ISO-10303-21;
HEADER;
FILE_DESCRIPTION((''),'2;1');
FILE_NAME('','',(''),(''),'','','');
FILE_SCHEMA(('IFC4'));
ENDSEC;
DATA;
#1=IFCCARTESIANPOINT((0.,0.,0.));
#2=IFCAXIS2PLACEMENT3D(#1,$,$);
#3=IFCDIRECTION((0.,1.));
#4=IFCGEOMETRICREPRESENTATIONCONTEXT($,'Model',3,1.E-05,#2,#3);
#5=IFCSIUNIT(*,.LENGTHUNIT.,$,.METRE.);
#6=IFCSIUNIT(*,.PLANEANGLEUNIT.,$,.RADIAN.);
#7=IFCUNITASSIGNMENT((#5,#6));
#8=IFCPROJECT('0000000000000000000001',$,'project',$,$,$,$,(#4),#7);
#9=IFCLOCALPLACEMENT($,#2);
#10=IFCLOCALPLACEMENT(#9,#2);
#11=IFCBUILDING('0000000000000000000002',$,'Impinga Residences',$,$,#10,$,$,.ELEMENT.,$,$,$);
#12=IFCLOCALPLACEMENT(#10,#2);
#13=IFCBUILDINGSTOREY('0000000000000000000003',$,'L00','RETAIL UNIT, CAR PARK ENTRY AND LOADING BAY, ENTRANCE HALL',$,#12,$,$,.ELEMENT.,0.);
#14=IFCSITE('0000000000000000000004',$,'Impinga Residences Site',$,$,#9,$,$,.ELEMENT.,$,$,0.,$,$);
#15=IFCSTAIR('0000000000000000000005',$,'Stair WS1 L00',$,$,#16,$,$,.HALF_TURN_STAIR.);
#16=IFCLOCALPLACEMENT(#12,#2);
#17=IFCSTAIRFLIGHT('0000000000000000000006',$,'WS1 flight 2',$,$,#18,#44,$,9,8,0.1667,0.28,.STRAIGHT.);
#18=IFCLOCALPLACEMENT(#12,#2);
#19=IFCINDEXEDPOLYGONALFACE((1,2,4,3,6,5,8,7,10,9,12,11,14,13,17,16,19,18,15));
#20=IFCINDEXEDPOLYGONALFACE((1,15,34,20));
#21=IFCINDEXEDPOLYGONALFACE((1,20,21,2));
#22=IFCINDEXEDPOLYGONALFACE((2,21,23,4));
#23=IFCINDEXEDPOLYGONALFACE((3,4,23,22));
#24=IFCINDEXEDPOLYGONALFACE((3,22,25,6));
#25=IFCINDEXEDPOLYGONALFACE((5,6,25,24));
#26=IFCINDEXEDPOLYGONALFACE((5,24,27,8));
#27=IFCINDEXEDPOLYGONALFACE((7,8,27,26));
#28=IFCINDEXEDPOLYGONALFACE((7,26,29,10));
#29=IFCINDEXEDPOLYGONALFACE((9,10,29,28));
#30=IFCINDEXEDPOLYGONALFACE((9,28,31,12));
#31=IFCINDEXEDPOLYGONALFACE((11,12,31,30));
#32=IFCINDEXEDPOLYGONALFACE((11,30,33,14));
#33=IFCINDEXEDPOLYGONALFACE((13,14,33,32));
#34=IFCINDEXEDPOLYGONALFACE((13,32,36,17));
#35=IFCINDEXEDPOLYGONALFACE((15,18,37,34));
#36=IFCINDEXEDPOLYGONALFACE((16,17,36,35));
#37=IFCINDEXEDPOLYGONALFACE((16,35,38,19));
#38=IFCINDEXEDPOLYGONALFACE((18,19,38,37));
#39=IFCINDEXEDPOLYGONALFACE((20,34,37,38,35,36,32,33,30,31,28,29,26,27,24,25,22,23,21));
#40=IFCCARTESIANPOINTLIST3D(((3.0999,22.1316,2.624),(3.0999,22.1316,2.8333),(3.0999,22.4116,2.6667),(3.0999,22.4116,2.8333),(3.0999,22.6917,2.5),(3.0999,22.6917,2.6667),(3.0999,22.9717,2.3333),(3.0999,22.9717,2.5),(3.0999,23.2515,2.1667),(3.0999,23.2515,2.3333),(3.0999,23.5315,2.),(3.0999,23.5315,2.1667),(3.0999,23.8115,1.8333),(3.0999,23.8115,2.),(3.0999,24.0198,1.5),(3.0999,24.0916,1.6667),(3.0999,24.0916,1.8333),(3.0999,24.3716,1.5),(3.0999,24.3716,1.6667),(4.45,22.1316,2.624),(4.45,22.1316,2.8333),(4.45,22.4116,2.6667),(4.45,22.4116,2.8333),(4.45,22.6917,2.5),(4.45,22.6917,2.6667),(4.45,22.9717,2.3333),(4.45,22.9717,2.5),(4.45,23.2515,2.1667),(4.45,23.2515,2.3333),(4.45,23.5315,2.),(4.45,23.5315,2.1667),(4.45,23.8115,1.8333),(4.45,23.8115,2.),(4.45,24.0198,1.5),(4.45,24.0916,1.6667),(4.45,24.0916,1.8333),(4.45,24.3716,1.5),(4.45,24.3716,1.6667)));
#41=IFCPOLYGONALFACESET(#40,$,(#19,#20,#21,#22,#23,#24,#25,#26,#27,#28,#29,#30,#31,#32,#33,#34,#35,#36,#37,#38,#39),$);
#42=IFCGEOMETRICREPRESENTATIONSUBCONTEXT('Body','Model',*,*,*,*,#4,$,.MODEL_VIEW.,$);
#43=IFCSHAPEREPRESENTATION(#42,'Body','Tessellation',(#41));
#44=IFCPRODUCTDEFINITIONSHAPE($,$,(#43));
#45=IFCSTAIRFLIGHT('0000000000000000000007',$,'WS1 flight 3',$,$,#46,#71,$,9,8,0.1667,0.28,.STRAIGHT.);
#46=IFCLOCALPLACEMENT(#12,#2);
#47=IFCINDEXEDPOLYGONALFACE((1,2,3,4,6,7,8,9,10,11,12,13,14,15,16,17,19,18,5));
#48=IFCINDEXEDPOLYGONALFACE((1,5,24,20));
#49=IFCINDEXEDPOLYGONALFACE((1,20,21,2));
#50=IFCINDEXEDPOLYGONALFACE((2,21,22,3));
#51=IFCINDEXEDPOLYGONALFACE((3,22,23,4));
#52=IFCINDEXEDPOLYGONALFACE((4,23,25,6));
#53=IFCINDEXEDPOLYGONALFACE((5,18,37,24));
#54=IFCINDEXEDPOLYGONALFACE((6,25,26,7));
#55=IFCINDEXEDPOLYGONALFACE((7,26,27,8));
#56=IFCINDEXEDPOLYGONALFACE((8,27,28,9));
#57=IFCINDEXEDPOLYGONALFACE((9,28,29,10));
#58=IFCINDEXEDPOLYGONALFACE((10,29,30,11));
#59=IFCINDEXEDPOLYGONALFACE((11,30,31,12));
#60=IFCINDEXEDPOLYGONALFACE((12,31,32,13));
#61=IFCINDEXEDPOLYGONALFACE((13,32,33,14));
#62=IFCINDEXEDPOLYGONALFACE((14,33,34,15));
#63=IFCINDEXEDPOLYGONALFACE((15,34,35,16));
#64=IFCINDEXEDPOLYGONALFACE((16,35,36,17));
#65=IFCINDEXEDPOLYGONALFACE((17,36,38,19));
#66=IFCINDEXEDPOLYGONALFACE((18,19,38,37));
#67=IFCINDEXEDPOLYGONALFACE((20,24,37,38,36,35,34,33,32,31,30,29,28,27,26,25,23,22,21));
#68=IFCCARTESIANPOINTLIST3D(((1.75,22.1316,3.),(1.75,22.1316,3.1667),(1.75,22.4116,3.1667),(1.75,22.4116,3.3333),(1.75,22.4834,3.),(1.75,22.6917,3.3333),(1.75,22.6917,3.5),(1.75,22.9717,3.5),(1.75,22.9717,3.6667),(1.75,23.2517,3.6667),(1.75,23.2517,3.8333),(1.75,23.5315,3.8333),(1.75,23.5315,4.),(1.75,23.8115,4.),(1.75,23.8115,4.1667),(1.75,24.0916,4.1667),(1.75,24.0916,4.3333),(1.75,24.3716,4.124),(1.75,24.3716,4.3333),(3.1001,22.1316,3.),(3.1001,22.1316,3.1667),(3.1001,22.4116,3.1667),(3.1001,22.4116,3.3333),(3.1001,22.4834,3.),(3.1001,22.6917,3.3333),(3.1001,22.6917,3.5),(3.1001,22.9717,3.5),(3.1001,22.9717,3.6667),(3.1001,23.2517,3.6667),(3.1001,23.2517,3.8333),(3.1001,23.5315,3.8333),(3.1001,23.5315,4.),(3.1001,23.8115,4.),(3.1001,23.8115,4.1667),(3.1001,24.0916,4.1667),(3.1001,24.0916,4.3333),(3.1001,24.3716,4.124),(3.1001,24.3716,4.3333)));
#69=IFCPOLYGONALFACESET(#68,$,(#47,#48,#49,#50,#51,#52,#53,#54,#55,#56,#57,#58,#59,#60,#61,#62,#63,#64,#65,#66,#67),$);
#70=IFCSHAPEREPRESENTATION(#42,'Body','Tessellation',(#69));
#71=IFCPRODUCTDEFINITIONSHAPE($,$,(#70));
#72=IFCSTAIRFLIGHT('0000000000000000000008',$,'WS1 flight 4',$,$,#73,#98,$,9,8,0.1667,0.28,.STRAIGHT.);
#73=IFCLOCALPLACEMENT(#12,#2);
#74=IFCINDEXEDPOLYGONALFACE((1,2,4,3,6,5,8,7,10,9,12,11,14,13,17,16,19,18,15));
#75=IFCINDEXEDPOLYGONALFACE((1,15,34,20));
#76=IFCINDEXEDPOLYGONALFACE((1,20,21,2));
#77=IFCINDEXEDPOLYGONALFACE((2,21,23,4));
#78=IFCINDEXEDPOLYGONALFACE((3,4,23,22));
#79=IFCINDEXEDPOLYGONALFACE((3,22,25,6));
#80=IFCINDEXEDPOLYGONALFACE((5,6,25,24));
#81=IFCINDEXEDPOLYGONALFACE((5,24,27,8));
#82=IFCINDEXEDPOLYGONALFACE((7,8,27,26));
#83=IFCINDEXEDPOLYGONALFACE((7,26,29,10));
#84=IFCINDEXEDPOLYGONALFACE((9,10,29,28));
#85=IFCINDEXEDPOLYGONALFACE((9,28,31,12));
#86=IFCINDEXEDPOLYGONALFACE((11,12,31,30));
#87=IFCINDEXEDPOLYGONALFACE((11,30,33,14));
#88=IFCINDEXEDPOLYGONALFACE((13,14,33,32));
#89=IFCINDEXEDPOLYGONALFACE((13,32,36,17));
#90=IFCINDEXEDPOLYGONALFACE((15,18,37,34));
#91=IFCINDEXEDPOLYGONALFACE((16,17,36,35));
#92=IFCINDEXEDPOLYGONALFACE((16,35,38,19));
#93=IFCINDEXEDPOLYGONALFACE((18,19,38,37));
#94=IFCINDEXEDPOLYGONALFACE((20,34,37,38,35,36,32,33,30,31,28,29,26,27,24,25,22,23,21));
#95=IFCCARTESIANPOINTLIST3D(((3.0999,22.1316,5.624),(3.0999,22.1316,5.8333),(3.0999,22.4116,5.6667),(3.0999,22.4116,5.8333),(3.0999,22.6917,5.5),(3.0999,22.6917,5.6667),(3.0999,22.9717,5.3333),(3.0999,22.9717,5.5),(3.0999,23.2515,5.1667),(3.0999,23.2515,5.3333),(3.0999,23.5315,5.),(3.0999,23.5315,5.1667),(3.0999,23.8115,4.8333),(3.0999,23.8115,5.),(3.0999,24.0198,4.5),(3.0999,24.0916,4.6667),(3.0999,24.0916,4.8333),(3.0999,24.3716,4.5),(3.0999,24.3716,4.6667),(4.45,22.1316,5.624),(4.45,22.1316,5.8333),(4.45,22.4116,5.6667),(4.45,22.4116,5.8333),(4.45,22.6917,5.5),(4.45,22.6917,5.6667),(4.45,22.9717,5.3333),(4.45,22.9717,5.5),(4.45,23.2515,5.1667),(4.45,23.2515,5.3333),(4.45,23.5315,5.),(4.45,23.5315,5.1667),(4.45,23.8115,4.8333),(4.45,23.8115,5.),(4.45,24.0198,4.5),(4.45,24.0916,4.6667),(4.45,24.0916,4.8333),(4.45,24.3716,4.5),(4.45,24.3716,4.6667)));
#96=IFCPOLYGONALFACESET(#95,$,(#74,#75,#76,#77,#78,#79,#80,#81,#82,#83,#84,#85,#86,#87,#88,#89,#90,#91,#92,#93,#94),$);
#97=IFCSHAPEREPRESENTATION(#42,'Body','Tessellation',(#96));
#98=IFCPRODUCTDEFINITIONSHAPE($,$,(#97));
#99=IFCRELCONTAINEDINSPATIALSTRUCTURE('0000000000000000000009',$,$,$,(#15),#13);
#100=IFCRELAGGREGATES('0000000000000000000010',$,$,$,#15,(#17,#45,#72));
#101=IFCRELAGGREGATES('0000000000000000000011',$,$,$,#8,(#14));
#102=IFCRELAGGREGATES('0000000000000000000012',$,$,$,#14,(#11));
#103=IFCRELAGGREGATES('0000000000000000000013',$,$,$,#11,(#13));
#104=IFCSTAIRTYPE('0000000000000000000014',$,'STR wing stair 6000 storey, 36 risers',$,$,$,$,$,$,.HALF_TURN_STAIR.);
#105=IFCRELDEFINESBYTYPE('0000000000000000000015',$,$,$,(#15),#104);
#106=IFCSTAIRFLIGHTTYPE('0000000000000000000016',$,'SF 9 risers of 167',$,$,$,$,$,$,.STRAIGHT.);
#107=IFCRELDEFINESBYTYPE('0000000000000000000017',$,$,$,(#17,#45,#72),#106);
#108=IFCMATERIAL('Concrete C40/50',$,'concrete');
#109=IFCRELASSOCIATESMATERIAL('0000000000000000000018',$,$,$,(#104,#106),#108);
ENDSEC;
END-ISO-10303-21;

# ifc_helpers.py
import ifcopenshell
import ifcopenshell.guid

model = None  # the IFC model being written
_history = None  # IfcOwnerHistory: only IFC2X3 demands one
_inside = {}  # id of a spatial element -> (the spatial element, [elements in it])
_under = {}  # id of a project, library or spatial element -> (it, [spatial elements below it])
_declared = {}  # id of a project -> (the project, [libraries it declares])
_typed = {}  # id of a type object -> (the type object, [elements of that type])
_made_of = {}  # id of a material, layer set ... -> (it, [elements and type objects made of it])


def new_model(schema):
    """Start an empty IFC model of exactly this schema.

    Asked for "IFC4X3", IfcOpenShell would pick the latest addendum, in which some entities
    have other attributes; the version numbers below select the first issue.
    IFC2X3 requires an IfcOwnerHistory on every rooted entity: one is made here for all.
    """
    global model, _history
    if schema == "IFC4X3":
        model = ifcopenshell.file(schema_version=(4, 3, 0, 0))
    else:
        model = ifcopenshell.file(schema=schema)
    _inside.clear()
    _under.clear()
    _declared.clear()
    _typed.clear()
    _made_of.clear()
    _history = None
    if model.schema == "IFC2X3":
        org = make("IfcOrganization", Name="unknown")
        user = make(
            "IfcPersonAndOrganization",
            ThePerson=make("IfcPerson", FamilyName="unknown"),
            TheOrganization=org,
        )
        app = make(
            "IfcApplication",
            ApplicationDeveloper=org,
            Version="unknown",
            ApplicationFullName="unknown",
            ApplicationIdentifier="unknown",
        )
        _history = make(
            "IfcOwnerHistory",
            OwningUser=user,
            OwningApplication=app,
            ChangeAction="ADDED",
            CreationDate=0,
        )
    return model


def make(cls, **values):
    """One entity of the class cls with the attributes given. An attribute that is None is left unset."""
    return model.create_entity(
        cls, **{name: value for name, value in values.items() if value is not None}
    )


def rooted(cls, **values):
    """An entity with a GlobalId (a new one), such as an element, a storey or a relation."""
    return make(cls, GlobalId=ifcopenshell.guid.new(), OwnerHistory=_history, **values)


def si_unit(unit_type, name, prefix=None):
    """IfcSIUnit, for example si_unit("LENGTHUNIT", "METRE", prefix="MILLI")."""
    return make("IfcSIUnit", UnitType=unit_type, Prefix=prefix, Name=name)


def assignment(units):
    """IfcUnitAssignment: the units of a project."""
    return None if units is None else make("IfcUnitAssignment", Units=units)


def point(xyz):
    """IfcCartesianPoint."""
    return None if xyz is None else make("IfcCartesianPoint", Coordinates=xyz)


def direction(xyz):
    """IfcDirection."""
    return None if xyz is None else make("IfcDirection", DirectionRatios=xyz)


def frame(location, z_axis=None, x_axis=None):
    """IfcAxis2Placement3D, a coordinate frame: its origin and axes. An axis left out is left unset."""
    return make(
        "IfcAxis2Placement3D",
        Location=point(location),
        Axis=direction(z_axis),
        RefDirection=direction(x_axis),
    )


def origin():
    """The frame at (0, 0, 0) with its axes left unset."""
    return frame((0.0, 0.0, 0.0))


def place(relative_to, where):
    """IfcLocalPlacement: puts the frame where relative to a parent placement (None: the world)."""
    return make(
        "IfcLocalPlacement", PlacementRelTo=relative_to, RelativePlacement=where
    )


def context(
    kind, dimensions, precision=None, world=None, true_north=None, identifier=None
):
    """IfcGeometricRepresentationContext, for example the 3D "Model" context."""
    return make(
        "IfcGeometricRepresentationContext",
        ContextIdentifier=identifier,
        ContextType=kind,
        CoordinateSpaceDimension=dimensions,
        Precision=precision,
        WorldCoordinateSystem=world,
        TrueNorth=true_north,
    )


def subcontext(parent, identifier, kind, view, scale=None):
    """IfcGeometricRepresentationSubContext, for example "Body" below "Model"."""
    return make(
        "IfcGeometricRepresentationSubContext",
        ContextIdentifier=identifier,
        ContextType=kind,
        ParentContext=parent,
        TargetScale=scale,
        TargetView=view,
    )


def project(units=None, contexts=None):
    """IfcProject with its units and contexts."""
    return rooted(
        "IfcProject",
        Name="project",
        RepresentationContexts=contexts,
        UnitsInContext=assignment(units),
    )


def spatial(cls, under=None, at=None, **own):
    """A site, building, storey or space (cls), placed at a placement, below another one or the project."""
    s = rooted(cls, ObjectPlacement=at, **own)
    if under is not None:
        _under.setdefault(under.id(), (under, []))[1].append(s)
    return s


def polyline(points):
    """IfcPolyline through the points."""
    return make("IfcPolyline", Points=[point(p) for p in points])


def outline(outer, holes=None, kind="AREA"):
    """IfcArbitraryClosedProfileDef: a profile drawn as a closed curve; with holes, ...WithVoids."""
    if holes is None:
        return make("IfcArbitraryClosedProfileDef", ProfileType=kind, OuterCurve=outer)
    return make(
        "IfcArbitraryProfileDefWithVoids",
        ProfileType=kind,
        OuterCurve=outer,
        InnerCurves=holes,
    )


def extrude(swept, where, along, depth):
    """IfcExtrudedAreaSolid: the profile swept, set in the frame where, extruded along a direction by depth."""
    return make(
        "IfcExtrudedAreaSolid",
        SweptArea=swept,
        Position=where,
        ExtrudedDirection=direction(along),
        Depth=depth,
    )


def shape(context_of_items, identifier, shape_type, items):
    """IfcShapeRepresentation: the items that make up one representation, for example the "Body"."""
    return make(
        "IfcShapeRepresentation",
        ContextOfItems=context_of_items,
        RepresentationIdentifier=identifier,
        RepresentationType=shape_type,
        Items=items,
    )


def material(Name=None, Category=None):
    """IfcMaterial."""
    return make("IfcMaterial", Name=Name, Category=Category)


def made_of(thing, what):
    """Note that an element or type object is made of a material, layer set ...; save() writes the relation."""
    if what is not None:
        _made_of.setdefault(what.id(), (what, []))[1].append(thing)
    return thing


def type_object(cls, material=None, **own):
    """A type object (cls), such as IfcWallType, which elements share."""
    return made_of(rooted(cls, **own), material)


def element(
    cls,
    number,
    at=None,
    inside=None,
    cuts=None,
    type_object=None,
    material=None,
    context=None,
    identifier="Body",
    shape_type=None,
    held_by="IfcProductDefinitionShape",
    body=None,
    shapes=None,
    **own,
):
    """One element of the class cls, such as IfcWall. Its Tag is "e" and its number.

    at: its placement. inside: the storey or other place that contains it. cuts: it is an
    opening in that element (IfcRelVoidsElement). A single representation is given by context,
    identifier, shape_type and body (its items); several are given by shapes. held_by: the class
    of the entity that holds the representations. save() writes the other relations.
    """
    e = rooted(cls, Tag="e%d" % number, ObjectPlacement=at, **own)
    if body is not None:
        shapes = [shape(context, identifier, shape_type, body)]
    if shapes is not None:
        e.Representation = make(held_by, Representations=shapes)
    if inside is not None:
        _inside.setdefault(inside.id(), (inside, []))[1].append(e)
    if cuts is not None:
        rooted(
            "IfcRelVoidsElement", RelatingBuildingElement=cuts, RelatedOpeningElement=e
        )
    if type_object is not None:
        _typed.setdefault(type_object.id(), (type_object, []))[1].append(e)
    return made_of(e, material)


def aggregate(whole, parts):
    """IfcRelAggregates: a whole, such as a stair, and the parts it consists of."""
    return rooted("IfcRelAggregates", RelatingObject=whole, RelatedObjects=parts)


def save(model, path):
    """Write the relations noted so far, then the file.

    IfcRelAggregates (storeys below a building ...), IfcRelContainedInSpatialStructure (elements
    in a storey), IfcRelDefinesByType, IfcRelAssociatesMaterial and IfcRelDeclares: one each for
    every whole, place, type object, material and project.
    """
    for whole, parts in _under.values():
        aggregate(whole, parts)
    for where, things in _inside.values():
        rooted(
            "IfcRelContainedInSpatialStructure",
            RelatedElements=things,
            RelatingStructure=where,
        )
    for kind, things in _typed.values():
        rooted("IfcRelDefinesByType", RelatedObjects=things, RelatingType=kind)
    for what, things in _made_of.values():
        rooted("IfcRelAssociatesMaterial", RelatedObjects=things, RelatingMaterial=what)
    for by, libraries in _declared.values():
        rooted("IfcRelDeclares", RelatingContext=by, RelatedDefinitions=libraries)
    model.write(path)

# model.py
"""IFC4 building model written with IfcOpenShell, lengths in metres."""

from ifc_helpers import new_model, si_unit, direction, frame, origin, place, context, subcontext, project, spatial, polyline, outline, extrude, material, type_object, element, aggregate, save


model = new_model("IFC4")

# Units and contexts
model_context = context("Model", 3, precision=1e-05, world=origin(), true_north=direction((0.0, 1.0)))
body_context = subcontext(model_context, "Body", "Model", "MODEL_VIEW")
ifc_project = project(units=[si_unit("LENGTHUNIT", "METRE"), si_unit("PLANEANGLEUNIT", "RADIAN")], contexts=[model_context])

# Site, building, storey
site_placement = place(None, origin())
site = spatial("IfcSite", under=ifc_project, at=site_placement, Name="Impinga Residences Site", CompositionType="ELEMENT", RefElevation=0.0)
building_placement = place(site_placement, origin())
building = spatial("IfcBuilding", under=site, at=building_placement, Name="Impinga Residences", CompositionType="ELEMENT")
storey_placement = place(building_placement, origin())
storey = spatial("IfcBuildingStorey", under=building, at=storey_placement, Name="L00", Description="RETAIL UNIT, CAR PARK ENTRY AND LOADING BAY, ENTRANCE HALL", CompositionType="ELEMENT", Elevation=0.0)

# Stair, stair flights
ifc_material_1 = material(Name="Concrete C40/50", Category="concrete")
stair_type = type_object("IfcStairType", Name="STR wing stair 6000 storey, 36 risers", PredefinedType="HALF_TURN_STAIR", material=ifc_material_1)
stair_placement = place(storey_placement, origin())
stair = element("IfcStair", 1, at=stair_placement, inside=storey, type_object=stair_type, Name="Stair WS1 L00", PredefinedType="HALF_TURN_STAIR")
stair_flight_type = type_object("IfcStairFlightType", Name="SF 9 risers of 167", PredefinedType="STRAIGHT", material=ifc_material_1)
stair_flight_1_placement = place(storey_placement, frame((3.7749, 24.3716, 1.5), z_axis=(0.0, 0.0, 1.0), x_axis=(0.0, -1.0, 0.0)))
stair_flight_1 = element("IfcStairFlight", 2, at=stair_flight_1_placement, type_object=stair_flight_type, Name="WS1 flight 2", NumberOfRisers=9, NumberOfTreads=8, PredefinedType="STRAIGHT", RiserHeight=0.1667, TreadLength=0.28, context=body_context, shape_type="SweptSolid", body=[
    extrude(outline(polyline([(0.0, 0.0), (0.0, 0.1667), (0.28, 0.1667), (0.28, 0.3333), (0.5601, 0.3333), (0.5601, 0.5), (0.8401, 0.5), (0.8401, 0.6667), (1.1201, 0.6667), (1.1201, 0.8333), (1.3999, 0.8333), (1.3999, 1.0), (1.6799, 1.0), (1.6799, 1.1667), (1.96, 1.1667), (1.96, 1.3333), (2.24, 1.3333), (2.24, 1.5), (2.24, 1.124), (0.3518, 0.0), (0.0, 0.0)])), frame((0.0, 0.675, 0.0), z_axis=(0.0, -1.0, 0.0), x_axis=(1.0, 0.0, 0.0)), (0.0, 0.0, 1.0), 1.3501),
])
stair_flight_2_placement = place(storey_placement, frame((2.425, 22.1316, 3.0), z_axis=(0.0, 0.0, 1.0), x_axis=(0.0, 1.0, 0.0)))
stair_flight_2 = element("IfcStairFlight", 3, at=stair_flight_2_placement, type_object=stair_flight_type, Name="WS1 flight 3", NumberOfRisers=9, NumberOfTreads=8, PredefinedType="STRAIGHT", RiserHeight=0.1667, TreadLength=0.28, context=body_context, shape_type="SweptSolid", body=[
    extrude(outline(polyline([(0.0, 0.0), (0.0, 0.1667), (0.28, 0.1667), (0.28, 0.3333), (0.5601, 0.3333), (0.5601, 0.5), (0.8401, 0.5), (0.8401, 0.6667), (1.1201, 0.6667), (1.1201, 0.8333), (1.3999, 0.8333), (1.3999, 1.0), (1.6799, 1.0), (1.6799, 1.1667), (1.96, 1.1667), (1.96, 1.3333), (2.24, 1.3333), (2.24, 1.5), (2.24, 1.124), (0.3518, 0.0), (0.0, 0.0)])), frame((0.0, 0.675, 0.0), z_axis=(0.0, -1.0, 0.0), x_axis=(1.0, 0.0, 0.0)), (0.0, 0.0, 1.0), 1.3501),
])
stair_flight_3_placement = place(storey_placement, frame((3.7749, 24.3716, 4.5), z_axis=(0.0, 0.0, 1.0), x_axis=(0.0, -1.0, 0.0)))
stair_flight_3 = element("IfcStairFlight", 4, at=stair_flight_3_placement, type_object=stair_flight_type, Name="WS1 flight 4", NumberOfRisers=9, NumberOfTreads=8, PredefinedType="STRAIGHT", RiserHeight=0.1667, TreadLength=0.28, context=body_context, shape_type="SweptSolid", body=[
    extrude(outline(polyline([(0.0, 0.0), (0.0, 0.1667), (0.28, 0.1667), (0.28, 0.3333), (0.5601, 0.3333), (0.5601, 0.5), (0.8401, 0.5), (0.8401, 0.6667), (1.1201, 0.6667), (1.1201, 0.8333), (1.3999, 0.8333), (1.3999, 1.0), (1.6799, 1.0), (1.6799, 1.1667), (1.96, 1.1667), (1.96, 1.3333), (2.24, 1.3333), (2.24, 1.5), (2.24, 1.124), (0.3518, 0.0), (0.0, 0.0)])), frame((0.0, 0.675, 0.0), z_axis=(0.0, -1.0, 0.0), x_axis=(1.0, 0.0, 0.0)), (0.0, 0.0, 1.0), 1.3501),
])
aggregate(stair, [stair_flight_1, stair_flight_2, stair_flight_3])

save(model, "model.ifc")
